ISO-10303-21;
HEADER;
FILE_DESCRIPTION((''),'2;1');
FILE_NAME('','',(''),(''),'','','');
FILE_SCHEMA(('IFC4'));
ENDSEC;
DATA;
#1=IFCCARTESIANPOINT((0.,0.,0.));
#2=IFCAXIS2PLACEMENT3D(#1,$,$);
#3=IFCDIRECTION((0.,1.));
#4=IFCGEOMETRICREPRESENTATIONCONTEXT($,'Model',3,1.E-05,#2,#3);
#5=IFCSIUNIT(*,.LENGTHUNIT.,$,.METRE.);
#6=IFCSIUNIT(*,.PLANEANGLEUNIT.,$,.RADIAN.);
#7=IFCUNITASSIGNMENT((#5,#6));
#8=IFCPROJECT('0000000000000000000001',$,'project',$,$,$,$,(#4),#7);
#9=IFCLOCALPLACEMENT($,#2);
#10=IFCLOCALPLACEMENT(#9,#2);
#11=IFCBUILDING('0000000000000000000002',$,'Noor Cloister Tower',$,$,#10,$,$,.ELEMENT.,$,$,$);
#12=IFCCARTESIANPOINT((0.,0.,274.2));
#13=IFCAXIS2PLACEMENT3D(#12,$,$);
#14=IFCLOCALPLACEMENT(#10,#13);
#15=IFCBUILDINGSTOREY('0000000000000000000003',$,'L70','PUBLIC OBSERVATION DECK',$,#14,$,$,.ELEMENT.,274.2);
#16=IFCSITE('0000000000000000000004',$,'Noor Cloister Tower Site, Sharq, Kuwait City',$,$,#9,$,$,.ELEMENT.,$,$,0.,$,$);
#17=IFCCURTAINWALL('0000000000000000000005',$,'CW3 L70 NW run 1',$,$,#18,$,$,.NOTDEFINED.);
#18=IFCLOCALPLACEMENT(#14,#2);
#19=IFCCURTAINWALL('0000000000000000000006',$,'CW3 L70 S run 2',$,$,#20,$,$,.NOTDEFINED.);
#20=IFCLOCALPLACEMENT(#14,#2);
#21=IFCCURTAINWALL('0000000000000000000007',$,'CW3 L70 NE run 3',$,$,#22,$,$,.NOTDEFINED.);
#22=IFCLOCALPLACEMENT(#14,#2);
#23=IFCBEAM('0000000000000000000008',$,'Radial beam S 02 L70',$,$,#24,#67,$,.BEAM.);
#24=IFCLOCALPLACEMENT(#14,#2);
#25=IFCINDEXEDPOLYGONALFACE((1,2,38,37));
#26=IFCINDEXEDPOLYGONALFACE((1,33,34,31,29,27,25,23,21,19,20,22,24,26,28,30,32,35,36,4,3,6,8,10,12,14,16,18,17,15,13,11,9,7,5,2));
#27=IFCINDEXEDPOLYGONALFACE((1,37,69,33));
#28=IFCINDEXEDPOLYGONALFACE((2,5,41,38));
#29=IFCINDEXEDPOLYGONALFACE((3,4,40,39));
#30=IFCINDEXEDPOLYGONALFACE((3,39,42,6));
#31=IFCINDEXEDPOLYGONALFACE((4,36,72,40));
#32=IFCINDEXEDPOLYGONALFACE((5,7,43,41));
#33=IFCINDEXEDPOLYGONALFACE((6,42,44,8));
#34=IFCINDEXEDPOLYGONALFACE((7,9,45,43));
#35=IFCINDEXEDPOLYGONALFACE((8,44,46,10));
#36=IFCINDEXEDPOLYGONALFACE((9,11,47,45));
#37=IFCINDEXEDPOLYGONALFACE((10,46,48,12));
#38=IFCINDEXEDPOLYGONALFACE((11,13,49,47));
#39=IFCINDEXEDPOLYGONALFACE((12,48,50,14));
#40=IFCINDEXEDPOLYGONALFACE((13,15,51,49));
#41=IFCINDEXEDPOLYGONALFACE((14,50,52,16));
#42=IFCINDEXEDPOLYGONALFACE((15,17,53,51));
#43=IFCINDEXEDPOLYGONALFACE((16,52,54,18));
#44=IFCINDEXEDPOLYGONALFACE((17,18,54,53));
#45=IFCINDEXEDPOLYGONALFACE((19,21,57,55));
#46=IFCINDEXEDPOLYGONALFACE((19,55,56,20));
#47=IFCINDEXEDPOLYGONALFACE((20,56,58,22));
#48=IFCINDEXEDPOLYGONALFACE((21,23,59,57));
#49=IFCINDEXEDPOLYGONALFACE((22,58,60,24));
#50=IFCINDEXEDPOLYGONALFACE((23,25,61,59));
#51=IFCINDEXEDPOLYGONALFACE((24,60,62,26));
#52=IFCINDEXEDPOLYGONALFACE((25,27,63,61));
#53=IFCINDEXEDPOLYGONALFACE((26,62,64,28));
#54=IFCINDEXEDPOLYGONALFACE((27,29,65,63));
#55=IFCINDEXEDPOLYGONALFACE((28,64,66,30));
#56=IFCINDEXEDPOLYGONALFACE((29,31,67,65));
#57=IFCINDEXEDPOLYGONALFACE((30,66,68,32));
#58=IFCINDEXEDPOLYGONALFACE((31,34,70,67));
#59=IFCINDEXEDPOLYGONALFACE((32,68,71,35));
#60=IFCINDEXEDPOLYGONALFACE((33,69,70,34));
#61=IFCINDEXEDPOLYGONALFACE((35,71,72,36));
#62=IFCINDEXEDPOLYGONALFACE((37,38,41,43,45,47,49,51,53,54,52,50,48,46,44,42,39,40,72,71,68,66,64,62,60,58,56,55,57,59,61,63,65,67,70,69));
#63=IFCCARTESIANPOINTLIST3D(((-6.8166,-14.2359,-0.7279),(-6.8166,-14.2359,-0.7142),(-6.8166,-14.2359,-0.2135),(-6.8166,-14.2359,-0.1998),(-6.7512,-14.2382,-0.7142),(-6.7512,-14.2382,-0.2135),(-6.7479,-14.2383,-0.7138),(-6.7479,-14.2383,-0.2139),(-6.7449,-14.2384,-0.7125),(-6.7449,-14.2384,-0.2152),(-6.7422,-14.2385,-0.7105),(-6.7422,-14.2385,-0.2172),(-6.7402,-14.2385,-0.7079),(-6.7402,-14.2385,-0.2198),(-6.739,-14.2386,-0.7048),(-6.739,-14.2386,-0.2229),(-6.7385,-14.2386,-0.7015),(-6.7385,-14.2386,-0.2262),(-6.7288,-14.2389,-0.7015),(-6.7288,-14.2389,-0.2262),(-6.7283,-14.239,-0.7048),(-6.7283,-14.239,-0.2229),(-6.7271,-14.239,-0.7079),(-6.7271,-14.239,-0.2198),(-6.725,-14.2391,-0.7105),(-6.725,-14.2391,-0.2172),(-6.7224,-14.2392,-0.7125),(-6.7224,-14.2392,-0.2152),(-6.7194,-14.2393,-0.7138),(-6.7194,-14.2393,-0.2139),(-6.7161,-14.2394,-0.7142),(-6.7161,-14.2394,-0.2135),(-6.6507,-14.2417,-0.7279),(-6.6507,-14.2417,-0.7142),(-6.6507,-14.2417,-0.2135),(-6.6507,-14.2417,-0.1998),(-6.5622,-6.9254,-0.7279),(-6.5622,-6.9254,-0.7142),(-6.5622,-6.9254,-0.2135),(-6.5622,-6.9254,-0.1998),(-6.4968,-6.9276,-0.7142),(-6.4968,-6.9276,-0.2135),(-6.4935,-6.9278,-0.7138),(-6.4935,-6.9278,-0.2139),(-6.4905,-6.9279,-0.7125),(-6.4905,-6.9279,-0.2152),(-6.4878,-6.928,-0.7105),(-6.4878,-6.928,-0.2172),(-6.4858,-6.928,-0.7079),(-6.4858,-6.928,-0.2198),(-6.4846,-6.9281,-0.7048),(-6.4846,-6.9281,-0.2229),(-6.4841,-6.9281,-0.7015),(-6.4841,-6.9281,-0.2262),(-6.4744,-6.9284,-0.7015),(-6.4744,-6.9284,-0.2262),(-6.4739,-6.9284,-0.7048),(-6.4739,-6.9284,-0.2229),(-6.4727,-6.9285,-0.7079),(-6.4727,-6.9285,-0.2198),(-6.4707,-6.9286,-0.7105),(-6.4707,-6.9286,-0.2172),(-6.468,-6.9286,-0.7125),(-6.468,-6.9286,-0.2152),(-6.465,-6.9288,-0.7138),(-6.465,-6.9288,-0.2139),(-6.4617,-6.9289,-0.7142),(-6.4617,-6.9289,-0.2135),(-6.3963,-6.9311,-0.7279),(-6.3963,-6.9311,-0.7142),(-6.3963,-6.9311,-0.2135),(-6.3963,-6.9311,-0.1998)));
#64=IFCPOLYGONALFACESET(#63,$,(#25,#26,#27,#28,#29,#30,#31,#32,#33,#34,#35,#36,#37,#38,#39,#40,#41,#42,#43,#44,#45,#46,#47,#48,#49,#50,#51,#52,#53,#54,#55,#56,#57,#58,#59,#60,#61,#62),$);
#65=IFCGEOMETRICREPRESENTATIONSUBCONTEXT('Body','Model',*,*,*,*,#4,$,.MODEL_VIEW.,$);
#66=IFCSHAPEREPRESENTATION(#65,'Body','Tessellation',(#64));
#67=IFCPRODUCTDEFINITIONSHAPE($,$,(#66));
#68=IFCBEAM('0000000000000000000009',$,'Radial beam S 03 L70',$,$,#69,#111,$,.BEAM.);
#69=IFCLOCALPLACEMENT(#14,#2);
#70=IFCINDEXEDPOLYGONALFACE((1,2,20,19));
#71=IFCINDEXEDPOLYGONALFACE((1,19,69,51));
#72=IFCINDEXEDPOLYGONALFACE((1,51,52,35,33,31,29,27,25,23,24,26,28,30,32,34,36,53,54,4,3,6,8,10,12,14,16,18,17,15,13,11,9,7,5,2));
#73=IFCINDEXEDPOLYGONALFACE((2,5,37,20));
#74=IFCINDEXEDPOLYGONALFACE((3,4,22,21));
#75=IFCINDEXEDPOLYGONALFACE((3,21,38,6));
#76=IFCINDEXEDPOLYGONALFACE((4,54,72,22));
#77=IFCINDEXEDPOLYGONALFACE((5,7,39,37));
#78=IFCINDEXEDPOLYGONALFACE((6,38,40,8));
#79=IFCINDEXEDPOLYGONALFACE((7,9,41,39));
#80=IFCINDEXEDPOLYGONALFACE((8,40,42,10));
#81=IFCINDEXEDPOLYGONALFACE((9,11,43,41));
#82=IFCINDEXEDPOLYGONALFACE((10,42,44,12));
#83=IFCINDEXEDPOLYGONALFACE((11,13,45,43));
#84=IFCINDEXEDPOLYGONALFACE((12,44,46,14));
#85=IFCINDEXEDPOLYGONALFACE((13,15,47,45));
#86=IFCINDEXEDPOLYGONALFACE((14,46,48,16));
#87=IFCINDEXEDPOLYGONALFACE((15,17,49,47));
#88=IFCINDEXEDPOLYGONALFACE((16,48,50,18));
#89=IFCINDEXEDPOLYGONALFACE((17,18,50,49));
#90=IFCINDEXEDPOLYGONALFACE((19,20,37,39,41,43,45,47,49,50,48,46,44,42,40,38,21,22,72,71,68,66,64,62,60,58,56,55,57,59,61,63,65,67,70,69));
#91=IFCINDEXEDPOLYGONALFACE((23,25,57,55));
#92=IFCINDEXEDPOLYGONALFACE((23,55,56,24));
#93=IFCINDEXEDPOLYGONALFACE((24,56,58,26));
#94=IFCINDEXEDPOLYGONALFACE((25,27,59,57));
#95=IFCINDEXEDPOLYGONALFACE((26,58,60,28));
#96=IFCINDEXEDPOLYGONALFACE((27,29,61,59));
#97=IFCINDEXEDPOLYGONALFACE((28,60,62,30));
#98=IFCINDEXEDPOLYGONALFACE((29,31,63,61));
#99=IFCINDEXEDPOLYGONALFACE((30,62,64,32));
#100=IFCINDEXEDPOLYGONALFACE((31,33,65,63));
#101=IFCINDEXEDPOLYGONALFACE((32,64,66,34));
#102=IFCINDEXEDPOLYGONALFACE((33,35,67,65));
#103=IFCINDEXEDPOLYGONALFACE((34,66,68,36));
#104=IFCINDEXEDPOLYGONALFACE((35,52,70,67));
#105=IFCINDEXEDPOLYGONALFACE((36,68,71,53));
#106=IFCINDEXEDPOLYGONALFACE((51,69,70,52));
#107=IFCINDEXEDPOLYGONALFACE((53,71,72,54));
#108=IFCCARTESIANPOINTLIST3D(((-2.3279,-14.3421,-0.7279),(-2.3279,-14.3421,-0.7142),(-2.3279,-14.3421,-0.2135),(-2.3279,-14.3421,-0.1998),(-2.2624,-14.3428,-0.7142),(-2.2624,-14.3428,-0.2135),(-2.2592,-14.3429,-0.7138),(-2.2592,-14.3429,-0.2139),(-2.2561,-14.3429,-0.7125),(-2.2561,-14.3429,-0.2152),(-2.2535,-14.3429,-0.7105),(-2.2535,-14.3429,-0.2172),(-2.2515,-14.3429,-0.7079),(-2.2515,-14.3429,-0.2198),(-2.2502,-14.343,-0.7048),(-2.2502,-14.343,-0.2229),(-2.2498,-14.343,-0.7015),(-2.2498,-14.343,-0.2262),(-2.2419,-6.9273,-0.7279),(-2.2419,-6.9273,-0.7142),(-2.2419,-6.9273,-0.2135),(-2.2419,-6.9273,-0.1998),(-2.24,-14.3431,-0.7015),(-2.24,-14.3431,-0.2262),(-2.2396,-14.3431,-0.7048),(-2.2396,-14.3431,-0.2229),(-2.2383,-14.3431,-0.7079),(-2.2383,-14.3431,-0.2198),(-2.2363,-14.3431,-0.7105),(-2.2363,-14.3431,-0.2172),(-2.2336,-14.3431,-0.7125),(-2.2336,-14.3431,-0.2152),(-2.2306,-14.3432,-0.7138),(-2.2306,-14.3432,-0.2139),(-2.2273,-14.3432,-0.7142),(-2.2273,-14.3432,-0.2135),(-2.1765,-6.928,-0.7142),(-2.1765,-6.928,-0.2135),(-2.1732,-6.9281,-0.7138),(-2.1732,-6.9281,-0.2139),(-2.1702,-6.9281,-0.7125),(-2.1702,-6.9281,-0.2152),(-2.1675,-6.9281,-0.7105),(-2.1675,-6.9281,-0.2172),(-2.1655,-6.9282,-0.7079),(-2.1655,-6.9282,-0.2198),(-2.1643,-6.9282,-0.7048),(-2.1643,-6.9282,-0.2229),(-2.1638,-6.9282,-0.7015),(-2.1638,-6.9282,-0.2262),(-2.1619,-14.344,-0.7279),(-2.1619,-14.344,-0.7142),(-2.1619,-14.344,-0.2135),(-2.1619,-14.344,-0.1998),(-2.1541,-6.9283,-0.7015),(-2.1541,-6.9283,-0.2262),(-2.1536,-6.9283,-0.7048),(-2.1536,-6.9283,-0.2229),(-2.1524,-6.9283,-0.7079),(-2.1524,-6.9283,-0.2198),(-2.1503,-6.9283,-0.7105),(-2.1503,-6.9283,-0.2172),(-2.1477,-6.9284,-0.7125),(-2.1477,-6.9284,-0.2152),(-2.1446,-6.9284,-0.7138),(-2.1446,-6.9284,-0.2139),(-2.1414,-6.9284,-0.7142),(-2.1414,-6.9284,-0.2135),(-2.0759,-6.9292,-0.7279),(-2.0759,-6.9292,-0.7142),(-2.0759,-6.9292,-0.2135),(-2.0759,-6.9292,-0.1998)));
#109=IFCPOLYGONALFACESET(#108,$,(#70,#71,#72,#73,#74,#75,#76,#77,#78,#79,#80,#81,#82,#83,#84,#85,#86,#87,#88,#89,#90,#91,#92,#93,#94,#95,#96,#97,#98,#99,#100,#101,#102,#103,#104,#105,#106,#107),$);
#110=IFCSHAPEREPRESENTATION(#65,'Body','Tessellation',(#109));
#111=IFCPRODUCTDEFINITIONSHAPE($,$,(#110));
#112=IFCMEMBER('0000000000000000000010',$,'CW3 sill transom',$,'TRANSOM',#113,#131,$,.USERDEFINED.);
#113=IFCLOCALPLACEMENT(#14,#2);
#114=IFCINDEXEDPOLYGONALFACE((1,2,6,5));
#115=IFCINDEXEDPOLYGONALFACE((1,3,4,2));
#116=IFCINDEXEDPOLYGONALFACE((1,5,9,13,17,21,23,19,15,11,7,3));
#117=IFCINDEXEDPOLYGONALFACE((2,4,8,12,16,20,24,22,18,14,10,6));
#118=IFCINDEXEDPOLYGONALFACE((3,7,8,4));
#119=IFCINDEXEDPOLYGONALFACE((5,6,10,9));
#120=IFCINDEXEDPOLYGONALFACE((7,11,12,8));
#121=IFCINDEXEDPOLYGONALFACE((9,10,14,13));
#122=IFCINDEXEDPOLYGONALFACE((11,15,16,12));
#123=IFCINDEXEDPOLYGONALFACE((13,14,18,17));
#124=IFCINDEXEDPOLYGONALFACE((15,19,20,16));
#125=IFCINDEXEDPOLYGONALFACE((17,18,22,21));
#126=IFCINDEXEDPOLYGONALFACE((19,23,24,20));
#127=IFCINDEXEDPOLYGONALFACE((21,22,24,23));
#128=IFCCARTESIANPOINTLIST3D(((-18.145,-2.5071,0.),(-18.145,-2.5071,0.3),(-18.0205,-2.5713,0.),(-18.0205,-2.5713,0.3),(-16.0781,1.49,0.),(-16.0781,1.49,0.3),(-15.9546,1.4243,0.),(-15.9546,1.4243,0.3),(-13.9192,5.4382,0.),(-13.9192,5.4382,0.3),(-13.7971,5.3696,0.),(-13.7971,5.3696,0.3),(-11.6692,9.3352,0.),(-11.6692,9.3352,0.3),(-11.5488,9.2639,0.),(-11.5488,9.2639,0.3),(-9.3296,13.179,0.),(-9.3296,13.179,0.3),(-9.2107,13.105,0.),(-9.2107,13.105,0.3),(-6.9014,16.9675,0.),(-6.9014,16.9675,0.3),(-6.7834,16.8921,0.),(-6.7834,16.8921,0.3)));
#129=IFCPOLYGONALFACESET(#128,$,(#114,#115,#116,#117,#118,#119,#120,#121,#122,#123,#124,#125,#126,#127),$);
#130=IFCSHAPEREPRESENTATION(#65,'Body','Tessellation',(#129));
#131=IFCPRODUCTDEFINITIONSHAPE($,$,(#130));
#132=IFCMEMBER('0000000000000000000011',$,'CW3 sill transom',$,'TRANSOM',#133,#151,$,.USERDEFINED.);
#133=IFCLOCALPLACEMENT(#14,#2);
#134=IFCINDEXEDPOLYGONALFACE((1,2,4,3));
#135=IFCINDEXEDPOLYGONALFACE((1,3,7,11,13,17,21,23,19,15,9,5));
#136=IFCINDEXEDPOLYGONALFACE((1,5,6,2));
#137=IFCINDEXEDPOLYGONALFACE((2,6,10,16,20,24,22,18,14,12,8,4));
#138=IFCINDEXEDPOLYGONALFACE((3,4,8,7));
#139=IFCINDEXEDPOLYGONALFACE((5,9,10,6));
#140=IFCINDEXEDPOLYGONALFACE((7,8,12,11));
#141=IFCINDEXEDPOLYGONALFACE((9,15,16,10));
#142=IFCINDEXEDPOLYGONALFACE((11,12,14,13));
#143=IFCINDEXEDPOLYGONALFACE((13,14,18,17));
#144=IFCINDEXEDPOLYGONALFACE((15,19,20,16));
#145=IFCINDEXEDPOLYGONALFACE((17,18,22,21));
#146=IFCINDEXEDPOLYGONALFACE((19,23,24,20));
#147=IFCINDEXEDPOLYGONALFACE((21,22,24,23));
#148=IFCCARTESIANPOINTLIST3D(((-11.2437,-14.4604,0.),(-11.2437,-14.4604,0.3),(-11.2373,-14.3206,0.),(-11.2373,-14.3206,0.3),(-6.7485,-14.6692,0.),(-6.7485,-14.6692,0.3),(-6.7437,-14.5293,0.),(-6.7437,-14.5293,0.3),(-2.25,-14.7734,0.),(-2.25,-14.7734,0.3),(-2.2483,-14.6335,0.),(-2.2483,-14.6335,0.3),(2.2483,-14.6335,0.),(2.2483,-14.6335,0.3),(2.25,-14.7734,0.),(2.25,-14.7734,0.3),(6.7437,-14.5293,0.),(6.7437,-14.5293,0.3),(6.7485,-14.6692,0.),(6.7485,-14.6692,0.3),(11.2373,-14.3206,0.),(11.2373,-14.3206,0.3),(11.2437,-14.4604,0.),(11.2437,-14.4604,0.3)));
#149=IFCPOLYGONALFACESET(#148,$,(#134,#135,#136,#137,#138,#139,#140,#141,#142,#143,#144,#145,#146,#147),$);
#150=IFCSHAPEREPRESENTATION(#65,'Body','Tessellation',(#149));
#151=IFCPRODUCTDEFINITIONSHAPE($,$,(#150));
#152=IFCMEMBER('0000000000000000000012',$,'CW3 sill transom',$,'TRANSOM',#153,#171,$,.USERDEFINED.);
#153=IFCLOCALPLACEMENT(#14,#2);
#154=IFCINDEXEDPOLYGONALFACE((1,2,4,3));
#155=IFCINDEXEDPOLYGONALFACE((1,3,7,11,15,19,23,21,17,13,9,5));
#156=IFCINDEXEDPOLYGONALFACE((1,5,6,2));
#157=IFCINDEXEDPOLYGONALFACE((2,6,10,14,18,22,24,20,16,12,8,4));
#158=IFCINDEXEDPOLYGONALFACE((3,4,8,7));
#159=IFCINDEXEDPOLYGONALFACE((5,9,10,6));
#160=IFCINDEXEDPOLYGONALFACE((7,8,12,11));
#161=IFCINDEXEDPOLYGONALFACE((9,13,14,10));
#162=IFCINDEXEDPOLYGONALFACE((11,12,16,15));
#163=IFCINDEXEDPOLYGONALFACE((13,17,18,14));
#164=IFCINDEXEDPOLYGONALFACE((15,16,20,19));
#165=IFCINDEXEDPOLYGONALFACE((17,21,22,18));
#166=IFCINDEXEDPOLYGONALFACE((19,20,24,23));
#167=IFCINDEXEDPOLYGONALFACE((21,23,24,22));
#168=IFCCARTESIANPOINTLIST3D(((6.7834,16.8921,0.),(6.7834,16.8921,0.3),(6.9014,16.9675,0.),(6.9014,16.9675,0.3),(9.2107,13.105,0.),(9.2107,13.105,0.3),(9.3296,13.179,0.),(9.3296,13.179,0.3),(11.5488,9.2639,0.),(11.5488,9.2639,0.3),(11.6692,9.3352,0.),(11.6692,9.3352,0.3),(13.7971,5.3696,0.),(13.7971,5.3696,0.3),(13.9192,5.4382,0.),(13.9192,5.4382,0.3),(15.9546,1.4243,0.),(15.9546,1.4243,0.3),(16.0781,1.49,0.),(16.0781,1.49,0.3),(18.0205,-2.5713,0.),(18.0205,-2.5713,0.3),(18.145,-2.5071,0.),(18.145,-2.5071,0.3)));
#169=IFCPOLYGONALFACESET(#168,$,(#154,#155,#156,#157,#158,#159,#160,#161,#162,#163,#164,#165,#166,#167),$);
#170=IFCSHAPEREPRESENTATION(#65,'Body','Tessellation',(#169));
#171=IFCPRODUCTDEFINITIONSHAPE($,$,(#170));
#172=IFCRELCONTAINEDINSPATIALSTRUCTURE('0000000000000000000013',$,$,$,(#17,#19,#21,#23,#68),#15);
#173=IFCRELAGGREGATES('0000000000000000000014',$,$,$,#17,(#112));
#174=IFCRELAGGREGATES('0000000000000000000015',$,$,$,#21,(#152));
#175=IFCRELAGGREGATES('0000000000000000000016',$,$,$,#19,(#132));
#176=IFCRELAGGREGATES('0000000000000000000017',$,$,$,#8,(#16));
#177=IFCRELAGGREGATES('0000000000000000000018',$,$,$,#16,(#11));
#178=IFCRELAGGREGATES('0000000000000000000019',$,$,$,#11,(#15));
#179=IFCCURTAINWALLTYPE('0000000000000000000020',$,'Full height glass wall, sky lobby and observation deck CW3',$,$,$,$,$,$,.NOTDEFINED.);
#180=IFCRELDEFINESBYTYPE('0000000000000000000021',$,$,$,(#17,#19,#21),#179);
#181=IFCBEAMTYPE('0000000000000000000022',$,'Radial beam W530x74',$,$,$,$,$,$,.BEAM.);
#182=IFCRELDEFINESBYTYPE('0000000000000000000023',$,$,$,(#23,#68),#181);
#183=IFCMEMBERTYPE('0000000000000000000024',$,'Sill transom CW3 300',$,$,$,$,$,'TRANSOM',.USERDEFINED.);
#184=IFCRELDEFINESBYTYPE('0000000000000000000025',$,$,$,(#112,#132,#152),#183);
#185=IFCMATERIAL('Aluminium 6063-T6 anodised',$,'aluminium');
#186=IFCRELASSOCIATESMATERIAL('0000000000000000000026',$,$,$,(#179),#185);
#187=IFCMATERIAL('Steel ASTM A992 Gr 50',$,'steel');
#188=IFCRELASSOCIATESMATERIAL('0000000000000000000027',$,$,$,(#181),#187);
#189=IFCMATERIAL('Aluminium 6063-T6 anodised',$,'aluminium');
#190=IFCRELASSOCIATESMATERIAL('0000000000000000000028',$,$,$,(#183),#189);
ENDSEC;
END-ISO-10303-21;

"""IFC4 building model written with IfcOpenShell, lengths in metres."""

from ifc_helpers import new_model, si_unit, direction, frame, origin, origin_2d, place, context, subcontext, project, spatial, polyline, i_section, outline, extrude, material, material_profile, profile_set, type_object, element, aggregate, save


model = new_model("IFC4")

# Units and contexts
model_context = context("Model", 3, precision=1e-05, world=origin(), true_north=direction((0.0, 1.0)))
body_context = subcontext(model_context, "Body", "Model", "MODEL_VIEW")
ifc_project = project(units=[si_unit("LENGTHUNIT", "METRE"), si_unit("PLANEANGLEUNIT", "RADIAN")], contexts=[model_context])

# Site, building, storey
site_placement = place(None, origin())
site = spatial("IfcSite", under=ifc_project, at=site_placement, Name="Noor Cloister Tower Site, Sharq, Kuwait City", CompositionType="ELEMENT", RefElevation=0.0)
building_placement = place(site_placement, origin())
building = spatial("IfcBuilding", under=site, at=building_placement, Name="Noor Cloister Tower", CompositionType="ELEMENT")
storey_placement = place(building_placement, frame((0.0, 0.0, 274.2)))
storey = spatial("IfcBuildingStorey", under=building, at=storey_placement, Name="L70", Description="PUBLIC OBSERVATION DECK", CompositionType="ELEMENT", Elevation=274.2)

# Curtain walls
ifc_material_1 = material(Name="Aluminium 6063-T6 anodised", Category="aluminium")
curtain_wall_type = type_object("IfcCurtainWallType", Name="Full height glass wall, sky lobby and observation deck CW3", PredefinedType="NOTDEFINED", material=ifc_material_1)
curtain_wall_1_placement = place(storey_placement, origin())
curtain_wall_1 = element("IfcCurtainWall", 1, at=curtain_wall_1_placement, inside=storey, type_object=curtain_wall_type, Name="CW3 L70 NW run 1", PredefinedType="NOTDEFINED")
curtain_wall_2_placement = place(storey_placement, origin())
curtain_wall_2 = element("IfcCurtainWall", 2, at=curtain_wall_2_placement, inside=storey, type_object=curtain_wall_type, Name="CW3 L70 S run 2", PredefinedType="NOTDEFINED")
curtain_wall_3_placement = place(storey_placement, origin())
curtain_wall_3 = element("IfcCurtainWall", 3, at=curtain_wall_3_placement, inside=storey, type_object=curtain_wall_type, Name="CW3 L70 NE run 3", PredefinedType="NOTDEFINED")

# Beams
ifc_material_2 = material(Name="Steel ASTM A992 Gr 50", Category="steel")
ifc_material_profile_1 = material_profile(ifc_material_2, i_section(OverallWidth=0.166, OverallDepth=0.5281, WebThickness=0.0098, FlangeThickness=0.0137, FilletRadius=0.0127, at=origin_2d()), Name="W530x74")
ifc_profile_set_1 = profile_set([ifc_material_profile_1], Name="Steel ASTM A992 Gr 50")
beam_type_1 = type_object("IfcBeamType", Name="Radial beam W530x74", PredefinedType="BEAM", material=ifc_profile_set_1)
beam_1_placement = place(storey_placement, frame((-6.7336, -14.2388, -0.4639), z_axis=(0.034777, 0.999395, 0.0), x_axis=(-0.999395, 0.034777, 0.0)))
element("IfcBeam", 4, at=beam_1_placement, inside=storey, type_object=beam_type_1, Name="Radial beam S 02 L70", PredefinedType="BEAM", context=body_context, shape_type="SweptSolid", body=[
    extrude(i_section(OverallWidth=0.166, OverallDepth=0.5281, WebThickness=0.0098, FlangeThickness=0.0137, FilletRadius=0.0127, at=origin_2d()), origin(), (0.0, 0.0, 1.0), 7.3149),
])
beam_2_placement = place(storey_placement, frame((-2.2449, -14.343, -0.4639), z_axis=(0.011589, 0.999933, 0.0), x_axis=(-0.999933, 0.011589, 0.0)))
element("IfcBeam", 5, at=beam_2_placement, inside=storey, type_object=beam_type_1, Name="Radial beam S 03 L70", PredefinedType="BEAM", context=body_context, shape_type="SweptSolid", body=[
    extrude(i_section(OverallWidth=0.166, OverallDepth=0.5281, WebThickness=0.0098, FlangeThickness=0.0137, FilletRadius=0.0127, at=origin_2d()), origin(), (0.0, 0.0, 1.0), 7.4153),
])

# Members
ifc_material_3 = material(Name="Aluminium 6063-T6 anodised", Category="aluminium")
member_type_1 = type_object("IfcMemberType", Name="Sill transom CW3 300", ElementType="TRANSOM", PredefinedType="USERDEFINED", material=ifc_material_3)
member_1_placement = place(storey_placement, origin())
member_1 = element("IfcMember", 6, at=member_1_placement, type_object=member_type_1, Name="CW3 sill transom", ObjectType="TRANSOM", PredefinedType="USERDEFINED", context=body_context, shape_type="SweptSolid", body=[
    extrude(outline(polyline([(-6.9014, 16.9675), (-9.3296, 13.179), (-11.6692, 9.3352), (-13.9192, 5.4382), (-16.0781, 1.49), (-18.145, -2.5071), (-18.0205, -2.5713), (-15.9546, 1.4243), (-13.7971, 5.3696), (-11.5488, 9.2639), (-9.2107, 13.105), (-6.7834, 16.8921), (-6.9014, 16.9675)])), origin(), (0.0, 0.0, 1.0), 0.3),
])
aggregate(curtain_wall_1, [member_1])
member_2_placement = place(storey_placement, origin())
member_2 = element("IfcMember", 7, at=member_2_placement, type_object=member_type_1, Name="CW3 sill transom", ObjectType="TRANSOM", PredefinedType="USERDEFINED", context=body_context, shape_type="SweptSolid", body=[
    extrude(outline(polyline([(-11.2437, -14.4604), (-6.7485, -14.6692), (-2.25, -14.7734), (2.25, -14.7734), (6.7485, -14.6692), (11.2437, -14.4604), (11.2373, -14.3206), (6.7437, -14.5293), (2.2483, -14.6335), (-2.2483, -14.6335), (-6.7437, -14.5293), (-11.2373, -14.3206), (-11.2437, -14.4604)])), origin(), (0.0, 0.0, 1.0), 0.3),
])
member_3_placement = place(storey_placement, origin())
member_3 = element("IfcMember", 8, at=member_3_placement, type_object=member_type_1, Name="CW3 sill transom", ObjectType="TRANSOM", PredefinedType="USERDEFINED", context=body_context, shape_type="SweptSolid", body=[
    extrude(outline(polyline([(18.145, -2.5071), (16.0781, 1.49), (13.9192, 5.4382), (11.6692, 9.3352), (9.3296, 13.179), (6.9014, 16.9675), (6.7834, 16.8921), (9.2107, 13.105), (11.5488, 9.2639), (13.7971, 5.3696), (15.9546, 1.4243), (18.0205, -2.5713), (18.145, -2.5071)])), origin(), (0.0, 0.0, 1.0), 0.3),
])
aggregate(curtain_wall_3, [member_3])

aggregate(curtain_wall_2, [member_2])

save(model, "model.ifc")
